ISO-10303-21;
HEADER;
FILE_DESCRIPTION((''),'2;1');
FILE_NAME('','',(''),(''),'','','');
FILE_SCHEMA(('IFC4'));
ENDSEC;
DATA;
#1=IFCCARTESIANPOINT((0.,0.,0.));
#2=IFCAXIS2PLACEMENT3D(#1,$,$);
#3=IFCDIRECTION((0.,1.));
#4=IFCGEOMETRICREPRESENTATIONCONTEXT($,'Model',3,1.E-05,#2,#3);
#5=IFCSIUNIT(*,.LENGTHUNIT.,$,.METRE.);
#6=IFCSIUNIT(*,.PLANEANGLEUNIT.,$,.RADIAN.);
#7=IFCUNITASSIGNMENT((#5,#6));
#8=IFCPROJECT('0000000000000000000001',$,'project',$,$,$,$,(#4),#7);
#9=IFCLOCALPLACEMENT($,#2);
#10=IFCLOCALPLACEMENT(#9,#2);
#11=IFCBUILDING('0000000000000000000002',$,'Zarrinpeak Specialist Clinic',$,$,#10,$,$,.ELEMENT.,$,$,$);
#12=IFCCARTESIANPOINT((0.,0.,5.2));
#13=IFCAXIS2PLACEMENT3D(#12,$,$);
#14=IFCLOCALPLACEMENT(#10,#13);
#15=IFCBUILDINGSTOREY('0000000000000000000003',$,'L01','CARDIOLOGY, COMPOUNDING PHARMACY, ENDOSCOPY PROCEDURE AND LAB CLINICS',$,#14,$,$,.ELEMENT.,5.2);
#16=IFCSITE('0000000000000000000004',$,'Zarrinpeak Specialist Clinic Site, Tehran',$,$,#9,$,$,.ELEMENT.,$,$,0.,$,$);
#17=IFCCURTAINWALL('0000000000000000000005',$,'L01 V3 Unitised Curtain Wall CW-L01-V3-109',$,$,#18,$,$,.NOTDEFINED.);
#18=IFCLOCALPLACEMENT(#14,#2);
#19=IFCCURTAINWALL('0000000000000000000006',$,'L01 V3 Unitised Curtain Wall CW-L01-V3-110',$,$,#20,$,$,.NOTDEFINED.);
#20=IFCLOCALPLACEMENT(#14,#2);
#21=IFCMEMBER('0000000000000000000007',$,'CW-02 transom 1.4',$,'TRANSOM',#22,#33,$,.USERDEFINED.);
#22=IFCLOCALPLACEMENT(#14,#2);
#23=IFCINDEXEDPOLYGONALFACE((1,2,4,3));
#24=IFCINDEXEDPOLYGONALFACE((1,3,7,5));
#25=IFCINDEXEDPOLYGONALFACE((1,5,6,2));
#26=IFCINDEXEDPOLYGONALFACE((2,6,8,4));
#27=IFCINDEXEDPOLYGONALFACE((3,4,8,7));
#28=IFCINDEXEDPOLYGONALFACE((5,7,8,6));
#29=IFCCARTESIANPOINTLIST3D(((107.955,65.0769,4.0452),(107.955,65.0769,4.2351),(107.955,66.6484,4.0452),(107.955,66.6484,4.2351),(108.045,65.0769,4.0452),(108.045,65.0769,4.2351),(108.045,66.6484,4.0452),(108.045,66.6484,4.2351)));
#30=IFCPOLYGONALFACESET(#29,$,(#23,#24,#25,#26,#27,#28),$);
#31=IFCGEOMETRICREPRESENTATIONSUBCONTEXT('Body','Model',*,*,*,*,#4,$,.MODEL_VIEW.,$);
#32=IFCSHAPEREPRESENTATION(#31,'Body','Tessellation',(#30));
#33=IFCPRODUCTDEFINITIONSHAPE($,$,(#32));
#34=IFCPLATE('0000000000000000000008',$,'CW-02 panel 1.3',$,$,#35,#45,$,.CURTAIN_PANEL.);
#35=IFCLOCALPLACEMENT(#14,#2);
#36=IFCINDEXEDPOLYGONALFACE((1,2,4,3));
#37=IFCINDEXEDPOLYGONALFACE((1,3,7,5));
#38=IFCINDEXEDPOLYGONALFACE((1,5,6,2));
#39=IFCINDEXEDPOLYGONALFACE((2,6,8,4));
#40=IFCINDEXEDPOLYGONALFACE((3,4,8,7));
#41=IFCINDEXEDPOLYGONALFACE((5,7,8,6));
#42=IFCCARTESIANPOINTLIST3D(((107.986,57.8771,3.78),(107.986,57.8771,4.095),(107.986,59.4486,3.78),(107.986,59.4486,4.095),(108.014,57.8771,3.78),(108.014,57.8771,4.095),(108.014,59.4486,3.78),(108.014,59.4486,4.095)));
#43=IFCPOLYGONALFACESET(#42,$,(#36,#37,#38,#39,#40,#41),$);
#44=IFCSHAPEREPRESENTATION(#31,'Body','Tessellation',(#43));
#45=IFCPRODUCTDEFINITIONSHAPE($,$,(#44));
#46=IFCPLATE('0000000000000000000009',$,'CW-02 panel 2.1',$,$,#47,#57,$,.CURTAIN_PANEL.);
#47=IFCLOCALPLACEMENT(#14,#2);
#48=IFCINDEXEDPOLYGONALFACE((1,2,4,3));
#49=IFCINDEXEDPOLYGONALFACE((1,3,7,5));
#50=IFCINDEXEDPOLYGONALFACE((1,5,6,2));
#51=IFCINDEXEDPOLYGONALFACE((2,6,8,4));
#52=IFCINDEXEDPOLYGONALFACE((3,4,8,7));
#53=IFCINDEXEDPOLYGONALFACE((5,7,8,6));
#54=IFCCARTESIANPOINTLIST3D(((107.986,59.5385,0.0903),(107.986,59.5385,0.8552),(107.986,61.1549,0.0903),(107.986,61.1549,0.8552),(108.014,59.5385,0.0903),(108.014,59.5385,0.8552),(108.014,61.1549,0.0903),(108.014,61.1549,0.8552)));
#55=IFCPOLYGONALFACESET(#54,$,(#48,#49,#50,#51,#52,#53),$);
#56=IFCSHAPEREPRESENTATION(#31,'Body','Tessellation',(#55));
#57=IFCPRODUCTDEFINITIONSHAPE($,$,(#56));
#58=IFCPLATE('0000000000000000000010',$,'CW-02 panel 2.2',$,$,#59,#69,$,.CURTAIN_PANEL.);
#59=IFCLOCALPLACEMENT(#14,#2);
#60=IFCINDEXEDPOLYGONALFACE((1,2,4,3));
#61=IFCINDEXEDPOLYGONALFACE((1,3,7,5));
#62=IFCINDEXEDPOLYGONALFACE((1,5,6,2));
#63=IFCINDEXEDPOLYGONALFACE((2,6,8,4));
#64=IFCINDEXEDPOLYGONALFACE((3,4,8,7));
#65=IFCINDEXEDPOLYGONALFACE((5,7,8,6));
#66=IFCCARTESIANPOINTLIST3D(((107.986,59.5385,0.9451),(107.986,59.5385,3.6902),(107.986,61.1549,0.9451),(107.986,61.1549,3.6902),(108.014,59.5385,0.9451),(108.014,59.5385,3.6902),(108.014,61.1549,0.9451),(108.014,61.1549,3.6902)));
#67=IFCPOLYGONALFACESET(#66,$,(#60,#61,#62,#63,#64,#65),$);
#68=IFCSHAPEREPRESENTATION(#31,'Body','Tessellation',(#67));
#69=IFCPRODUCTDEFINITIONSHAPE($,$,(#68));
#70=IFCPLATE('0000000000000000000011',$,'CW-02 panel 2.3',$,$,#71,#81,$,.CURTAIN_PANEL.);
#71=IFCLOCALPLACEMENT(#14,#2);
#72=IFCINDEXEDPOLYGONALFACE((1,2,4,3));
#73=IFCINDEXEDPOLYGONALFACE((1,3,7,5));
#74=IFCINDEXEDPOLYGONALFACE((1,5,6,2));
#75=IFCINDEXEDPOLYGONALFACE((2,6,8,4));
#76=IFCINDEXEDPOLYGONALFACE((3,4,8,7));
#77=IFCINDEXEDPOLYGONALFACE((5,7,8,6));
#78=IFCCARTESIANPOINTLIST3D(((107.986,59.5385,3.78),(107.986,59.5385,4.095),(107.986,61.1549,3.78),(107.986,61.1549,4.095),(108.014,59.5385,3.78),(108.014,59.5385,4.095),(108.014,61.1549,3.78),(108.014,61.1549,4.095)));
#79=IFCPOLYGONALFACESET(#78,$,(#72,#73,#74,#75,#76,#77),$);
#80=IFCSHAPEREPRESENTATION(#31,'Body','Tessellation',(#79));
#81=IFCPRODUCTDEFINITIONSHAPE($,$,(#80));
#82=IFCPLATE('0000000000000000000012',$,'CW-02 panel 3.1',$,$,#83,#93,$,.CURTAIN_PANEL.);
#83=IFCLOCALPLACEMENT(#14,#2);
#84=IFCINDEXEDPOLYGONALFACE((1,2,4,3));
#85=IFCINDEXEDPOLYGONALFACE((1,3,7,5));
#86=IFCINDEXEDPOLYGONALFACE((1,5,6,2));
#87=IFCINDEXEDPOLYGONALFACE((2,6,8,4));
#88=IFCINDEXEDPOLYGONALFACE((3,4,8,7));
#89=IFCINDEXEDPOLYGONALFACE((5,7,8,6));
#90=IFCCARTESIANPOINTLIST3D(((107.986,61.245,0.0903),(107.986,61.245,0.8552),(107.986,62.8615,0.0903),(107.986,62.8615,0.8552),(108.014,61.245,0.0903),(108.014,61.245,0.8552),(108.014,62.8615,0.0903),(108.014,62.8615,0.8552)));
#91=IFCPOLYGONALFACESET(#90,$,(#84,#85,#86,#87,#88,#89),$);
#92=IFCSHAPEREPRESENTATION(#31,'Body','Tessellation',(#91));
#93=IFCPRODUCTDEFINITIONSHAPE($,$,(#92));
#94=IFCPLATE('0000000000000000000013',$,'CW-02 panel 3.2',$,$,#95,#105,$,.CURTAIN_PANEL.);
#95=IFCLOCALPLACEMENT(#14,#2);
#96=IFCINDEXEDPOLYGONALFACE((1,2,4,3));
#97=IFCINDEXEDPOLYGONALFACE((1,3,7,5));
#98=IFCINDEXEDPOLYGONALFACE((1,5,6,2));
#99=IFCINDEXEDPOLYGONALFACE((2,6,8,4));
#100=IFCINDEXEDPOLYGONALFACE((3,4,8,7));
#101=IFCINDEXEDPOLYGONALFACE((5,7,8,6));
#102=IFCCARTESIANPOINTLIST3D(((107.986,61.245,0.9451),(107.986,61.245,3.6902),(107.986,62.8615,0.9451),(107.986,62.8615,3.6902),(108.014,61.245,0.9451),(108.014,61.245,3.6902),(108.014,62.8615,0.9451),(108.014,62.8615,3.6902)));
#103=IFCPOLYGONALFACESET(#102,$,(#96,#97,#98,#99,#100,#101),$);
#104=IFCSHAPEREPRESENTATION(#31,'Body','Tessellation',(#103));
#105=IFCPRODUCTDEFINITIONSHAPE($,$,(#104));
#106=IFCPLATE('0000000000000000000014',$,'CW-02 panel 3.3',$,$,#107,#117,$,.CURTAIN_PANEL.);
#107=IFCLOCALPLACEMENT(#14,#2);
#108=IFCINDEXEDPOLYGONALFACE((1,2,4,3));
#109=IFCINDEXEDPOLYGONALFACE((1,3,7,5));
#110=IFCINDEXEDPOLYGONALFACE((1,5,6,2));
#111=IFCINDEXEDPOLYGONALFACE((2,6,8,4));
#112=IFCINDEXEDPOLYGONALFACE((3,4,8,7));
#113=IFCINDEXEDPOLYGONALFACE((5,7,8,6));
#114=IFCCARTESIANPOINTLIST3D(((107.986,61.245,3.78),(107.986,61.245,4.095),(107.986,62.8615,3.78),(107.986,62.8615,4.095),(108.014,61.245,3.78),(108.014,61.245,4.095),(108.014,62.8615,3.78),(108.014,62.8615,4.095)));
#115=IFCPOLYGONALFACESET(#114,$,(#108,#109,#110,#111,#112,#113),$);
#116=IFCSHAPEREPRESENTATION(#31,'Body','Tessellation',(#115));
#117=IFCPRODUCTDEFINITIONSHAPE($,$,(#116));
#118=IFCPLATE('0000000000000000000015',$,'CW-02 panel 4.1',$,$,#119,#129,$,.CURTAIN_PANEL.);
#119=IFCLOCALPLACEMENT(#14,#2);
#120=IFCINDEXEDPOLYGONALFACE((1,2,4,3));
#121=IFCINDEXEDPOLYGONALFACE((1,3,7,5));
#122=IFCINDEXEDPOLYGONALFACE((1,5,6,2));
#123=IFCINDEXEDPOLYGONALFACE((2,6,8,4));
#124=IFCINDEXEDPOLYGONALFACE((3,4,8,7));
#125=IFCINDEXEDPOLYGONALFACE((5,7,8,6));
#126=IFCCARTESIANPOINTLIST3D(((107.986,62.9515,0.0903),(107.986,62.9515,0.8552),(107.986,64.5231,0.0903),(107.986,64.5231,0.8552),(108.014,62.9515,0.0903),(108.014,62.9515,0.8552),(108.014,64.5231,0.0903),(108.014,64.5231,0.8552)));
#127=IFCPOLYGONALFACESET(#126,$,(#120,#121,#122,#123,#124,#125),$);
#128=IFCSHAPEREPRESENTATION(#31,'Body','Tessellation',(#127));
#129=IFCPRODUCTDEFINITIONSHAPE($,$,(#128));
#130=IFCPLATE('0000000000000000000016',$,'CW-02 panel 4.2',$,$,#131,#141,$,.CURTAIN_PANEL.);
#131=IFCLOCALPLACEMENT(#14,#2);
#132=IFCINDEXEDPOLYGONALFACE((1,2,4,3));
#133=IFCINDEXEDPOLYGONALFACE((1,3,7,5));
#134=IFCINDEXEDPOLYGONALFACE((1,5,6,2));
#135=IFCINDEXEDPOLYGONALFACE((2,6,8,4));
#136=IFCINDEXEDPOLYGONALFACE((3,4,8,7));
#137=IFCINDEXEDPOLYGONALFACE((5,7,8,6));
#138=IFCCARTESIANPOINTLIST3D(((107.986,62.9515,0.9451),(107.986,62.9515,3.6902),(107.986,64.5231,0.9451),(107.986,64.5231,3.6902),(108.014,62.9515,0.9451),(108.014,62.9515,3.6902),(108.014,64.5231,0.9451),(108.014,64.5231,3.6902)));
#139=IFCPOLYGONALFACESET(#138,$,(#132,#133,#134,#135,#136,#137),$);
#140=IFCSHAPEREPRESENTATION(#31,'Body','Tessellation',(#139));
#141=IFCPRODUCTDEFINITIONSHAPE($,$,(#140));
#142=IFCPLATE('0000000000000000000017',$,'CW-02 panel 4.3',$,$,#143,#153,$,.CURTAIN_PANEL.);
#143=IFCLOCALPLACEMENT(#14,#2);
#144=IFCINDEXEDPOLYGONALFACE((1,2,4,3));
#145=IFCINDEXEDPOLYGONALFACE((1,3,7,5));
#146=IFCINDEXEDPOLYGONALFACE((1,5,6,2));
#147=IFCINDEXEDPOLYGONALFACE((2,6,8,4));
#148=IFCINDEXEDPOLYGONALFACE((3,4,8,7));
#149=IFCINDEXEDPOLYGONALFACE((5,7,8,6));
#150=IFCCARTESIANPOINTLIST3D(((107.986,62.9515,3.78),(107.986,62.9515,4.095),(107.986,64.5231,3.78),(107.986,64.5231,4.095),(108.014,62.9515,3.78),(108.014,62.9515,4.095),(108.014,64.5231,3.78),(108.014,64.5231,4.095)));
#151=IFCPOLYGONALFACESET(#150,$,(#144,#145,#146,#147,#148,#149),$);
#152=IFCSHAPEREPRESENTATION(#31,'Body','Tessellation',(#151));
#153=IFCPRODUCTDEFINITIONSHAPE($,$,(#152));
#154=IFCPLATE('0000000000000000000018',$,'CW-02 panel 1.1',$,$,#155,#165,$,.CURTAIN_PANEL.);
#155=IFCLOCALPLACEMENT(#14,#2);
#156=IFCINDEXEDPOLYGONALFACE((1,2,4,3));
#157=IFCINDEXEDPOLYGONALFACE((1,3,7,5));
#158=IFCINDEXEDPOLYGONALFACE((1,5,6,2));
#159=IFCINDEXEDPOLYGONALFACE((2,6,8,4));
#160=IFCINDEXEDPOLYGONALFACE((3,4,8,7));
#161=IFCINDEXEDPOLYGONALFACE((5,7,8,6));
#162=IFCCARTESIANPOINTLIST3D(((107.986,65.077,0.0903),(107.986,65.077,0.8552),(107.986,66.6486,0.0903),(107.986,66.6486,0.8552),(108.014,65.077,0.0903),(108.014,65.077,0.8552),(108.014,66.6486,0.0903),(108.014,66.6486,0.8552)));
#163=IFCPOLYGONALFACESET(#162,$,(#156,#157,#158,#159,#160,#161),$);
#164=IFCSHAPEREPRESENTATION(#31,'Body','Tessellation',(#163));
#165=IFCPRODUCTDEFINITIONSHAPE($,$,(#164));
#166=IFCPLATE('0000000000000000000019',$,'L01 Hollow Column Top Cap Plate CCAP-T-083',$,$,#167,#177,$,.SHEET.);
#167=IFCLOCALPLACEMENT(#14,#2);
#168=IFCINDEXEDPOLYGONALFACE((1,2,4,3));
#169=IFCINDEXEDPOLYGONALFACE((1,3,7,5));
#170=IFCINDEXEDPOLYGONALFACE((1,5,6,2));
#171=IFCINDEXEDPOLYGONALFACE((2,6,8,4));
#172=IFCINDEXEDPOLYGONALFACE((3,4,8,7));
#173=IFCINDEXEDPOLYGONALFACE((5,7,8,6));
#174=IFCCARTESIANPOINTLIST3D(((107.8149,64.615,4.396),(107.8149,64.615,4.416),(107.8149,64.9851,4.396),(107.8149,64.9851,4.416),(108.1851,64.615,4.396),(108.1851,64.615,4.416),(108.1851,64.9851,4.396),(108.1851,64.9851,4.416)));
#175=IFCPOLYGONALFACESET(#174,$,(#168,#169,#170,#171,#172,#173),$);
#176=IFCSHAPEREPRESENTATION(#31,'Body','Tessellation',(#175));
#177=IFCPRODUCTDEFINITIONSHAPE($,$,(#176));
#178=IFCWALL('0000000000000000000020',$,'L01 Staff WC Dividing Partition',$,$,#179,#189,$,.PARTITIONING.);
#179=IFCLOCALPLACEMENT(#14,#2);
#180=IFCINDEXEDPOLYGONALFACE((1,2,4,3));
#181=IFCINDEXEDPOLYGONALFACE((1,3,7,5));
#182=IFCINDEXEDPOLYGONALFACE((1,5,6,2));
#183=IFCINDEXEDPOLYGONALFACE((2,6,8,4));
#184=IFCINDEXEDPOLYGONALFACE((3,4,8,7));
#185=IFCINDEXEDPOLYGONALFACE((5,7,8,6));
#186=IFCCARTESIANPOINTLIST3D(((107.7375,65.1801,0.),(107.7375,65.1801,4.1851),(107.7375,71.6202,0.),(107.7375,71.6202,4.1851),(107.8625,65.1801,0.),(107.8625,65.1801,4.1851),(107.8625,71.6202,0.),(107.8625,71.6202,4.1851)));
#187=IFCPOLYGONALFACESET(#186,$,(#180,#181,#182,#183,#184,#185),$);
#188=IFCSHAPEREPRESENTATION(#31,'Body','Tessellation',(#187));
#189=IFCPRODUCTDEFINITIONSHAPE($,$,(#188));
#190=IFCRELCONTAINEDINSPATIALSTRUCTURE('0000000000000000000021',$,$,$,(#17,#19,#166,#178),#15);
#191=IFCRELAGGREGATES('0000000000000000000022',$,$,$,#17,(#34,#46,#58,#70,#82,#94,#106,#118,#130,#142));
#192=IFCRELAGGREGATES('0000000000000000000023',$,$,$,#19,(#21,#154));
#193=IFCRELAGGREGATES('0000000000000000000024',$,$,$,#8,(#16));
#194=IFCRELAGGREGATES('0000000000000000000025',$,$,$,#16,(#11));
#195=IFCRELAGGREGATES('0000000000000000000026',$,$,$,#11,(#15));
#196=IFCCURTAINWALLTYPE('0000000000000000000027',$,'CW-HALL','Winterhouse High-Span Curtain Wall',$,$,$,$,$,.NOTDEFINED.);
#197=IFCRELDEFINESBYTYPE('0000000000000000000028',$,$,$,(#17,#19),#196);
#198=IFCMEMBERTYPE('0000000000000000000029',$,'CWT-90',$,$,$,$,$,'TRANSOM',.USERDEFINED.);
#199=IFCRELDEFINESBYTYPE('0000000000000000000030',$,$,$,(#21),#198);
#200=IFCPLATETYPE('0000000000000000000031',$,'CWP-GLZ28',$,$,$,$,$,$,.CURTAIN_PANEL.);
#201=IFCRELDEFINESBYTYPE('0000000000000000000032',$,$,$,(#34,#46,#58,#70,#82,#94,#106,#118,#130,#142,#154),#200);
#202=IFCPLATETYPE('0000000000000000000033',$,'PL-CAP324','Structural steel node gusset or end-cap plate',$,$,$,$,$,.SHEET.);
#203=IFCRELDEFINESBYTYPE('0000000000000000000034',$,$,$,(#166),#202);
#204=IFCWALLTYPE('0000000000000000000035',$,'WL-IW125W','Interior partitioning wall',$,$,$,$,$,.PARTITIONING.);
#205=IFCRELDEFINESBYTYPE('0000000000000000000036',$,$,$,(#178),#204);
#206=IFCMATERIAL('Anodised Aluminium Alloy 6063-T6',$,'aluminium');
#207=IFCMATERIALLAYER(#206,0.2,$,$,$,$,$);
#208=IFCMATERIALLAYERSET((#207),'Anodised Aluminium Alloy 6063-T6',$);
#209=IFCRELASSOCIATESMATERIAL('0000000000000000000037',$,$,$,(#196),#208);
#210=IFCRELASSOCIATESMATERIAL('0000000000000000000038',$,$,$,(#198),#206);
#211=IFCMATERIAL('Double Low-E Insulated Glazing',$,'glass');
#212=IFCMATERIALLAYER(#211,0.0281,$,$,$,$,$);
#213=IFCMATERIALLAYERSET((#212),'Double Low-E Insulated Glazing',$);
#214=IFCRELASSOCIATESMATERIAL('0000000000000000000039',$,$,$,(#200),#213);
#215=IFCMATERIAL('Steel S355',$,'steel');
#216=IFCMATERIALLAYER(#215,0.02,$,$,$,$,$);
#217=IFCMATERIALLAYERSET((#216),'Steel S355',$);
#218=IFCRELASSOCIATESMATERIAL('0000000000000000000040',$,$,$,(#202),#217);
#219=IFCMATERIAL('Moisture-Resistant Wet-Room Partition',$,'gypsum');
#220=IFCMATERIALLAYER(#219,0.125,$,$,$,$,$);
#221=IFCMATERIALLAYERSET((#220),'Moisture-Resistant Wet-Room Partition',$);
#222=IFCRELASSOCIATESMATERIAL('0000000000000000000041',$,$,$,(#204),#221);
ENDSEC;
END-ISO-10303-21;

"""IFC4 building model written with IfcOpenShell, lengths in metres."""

from ifc_helpers import new_model, si_unit, direction, frame, frame_2d, origin, origin_2d, place, context, subcontext, project, spatial, rectangle, extrude, material, layer, layer_set, material_profile, profile_set, type_object, element, aggregate, save


model = new_model("IFC4")

# Units and contexts
model_context = context("Model", 3, precision=1e-05, world=origin(), true_north=direction((0.0, 1.0)))
body_context = subcontext(model_context, "Body", "Model", "MODEL_VIEW")
ifc_project = project(units=[si_unit("LENGTHUNIT", "METRE"), si_unit("PLANEANGLEUNIT", "RADIAN")], contexts=[model_context])

# Site, building, storey
site_placement = place(None, origin())
site = spatial("IfcSite", under=ifc_project, at=site_placement, Name="Zarrinpeak Specialist Clinic Site, Tehran", CompositionType="ELEMENT", RefElevation=0.0)
building_placement = place(site_placement, origin())
building = spatial("IfcBuilding", under=site, at=building_placement, Name="Zarrinpeak Specialist Clinic", CompositionType="ELEMENT")
storey_placement = place(building_placement, frame((0.0, 0.0, 5.2)))
storey = spatial("IfcBuildingStorey", under=building, at=storey_placement, Name="L01", Description="CARDIOLOGY, COMPOUNDING PHARMACY, ENDOSCOPY PROCEDURE AND LAB CLINICS", CompositionType="ELEMENT", Elevation=5.2)

# Shared definitions
ifc_material_1 = material(Name="Steel S355", Category="steel")

# Shared definitions
ifc_material_2 = material(Name="Anodised Aluminium Alloy 6063-T6", Category="aluminium")
ifc_layer_1 = layer(ifc_material_2, 0.2)
ifc_layer_set_1 = layer_set([ifc_layer_1], Name="Anodised Aluminium Alloy 6063-T6")
curtain_wall_type = type_object("IfcCurtainWallType", Name="CW-HALL", Description="Winterhouse High-Span Curtain Wall", PredefinedType="NOTDEFINED", material=ifc_layer_set_1)

# Curtain wall
curtain_wall_1_placement = place(storey_placement, origin())
curtain_wall_1 = element("IfcCurtainWall", 1, at=curtain_wall_1_placement, inside=storey, type_object=curtain_wall_type, Name="L01 V3 Unitised Curtain Wall CW-L01-V3-109", PredefinedType="NOTDEFINED")

# Curtain wall
curtain_wall_2_placement = place(storey_placement, origin())
curtain_wall_2 = element("IfcCurtainWall", 2, at=curtain_wall_2_placement, inside=storey, type_object=curtain_wall_type, Name="L01 V3 Unitised Curtain Wall CW-L01-V3-110", PredefinedType="NOTDEFINED")

# Member
ifc_material_profile_1 = material_profile(ifc_material_2, rectangle(XDim=0.0901, YDim=0.1899, at=origin_2d()), Name="ALU 90x190")
ifc_profile_set_1 = profile_set([ifc_material_profile_1], Name="Anodised Aluminium Alloy 6063-T6")
member_type_1 = type_object("IfcMemberType", Name="CWT-90", ElementType="TRANSOM", PredefinedType="USERDEFINED", material=ifc_profile_set_1)
member_1_placement = place(storey_placement, frame((108.0, 65.0769, 4.1401), z_axis=(0.0, 1.0, 0.0), x_axis=(-1.0, 0.0, 0.0)))
member_1 = element("IfcMember", 3, at=member_1_placement, type_object=member_type_1, Name="CW-02 transom 1.4", ObjectType="TRANSOM", PredefinedType="USERDEFINED", context=body_context, shape_type="SweptSolid", body=[
    extrude(rectangle(XDim=0.0901, YDim=0.1899, at=origin_2d()), origin(), (0.0, 0.0, 1.0), 1.5715),
])

# Plates
ifc_material_3 = material(Name="Double Low-E Insulated Glazing", Category="glass")
ifc_layer_2 = layer(ifc_material_3, 0.0281)
ifc_layer_set_2 = layer_set([ifc_layer_2], Name="Double Low-E Insulated Glazing")
plate_type_1 = type_object("IfcPlateType", Name="CWP-GLZ28", PredefinedType="CURTAIN_PANEL", material=ifc_layer_set_2)
plate_1_placement = place(storey_placement, frame((108.0, 58.6628, 3.78), z_axis=(0.0, 0.0, 1.0), x_axis=(0.0, 1.0, 0.0)))
plate_1 = element("IfcPlate", 4, at=plate_1_placement, type_object=plate_type_1, Name="CW-02 panel 1.3", PredefinedType="CURTAIN_PANEL", context=body_context, shape_type="SweptSolid", body=[
    extrude(rectangle(XDim=1.5715, YDim=0.0281, at=origin_2d()), origin(), (0.0, 0.0, 1.0), 0.3149),
])
plate_2_placement = place(storey_placement, frame((108.0, 60.3467, 0.0903), z_axis=(0.0, 0.0, 1.0), x_axis=(0.0, 1.0, 0.0)))
plate_2 = element("IfcPlate", 5, at=plate_2_placement, type_object=plate_type_1, Name="CW-02 panel 2.1", PredefinedType="CURTAIN_PANEL", context=body_context, shape_type="SweptSolid", body=[
    extrude(rectangle(XDim=1.6165, YDim=0.0281, at=origin_2d()), origin(), (0.0, 0.0, 1.0), 0.7649),
])
plate_3_placement = place(storey_placement, frame((108.0, 60.3467, 0.9451), z_axis=(0.0, 0.0, 1.0), x_axis=(0.0, 1.0, 0.0)))
plate_3 = element("IfcPlate", 6, at=plate_3_placement, type_object=plate_type_1, Name="CW-02 panel 2.2", PredefinedType="CURTAIN_PANEL", context=body_context, shape_type="SweptSolid", body=[
    extrude(rectangle(XDim=1.6165, YDim=0.0281, at=origin_2d()), origin(), (0.0, 0.0, 1.0), 2.7451),
])
plate_4_placement = place(storey_placement, frame((108.0, 60.3467, 3.78), z_axis=(0.0, 0.0, 1.0), x_axis=(0.0, 1.0, 0.0)))
plate_4 = element("IfcPlate", 7, at=plate_4_placement, type_object=plate_type_1, Name="CW-02 panel 2.3", PredefinedType="CURTAIN_PANEL", context=body_context, shape_type="SweptSolid", body=[
    extrude(rectangle(XDim=1.6165, YDim=0.0281, at=origin_2d()), origin(), (0.0, 0.0, 1.0), 0.3149),
])
plate_5_placement = place(storey_placement, frame((108.0, 62.0532, 0.0903), z_axis=(0.0, 0.0, 1.0), x_axis=(0.0, 1.0, 0.0)))
plate_5 = element("IfcPlate", 8, at=plate_5_placement, type_object=plate_type_1, Name="CW-02 panel 3.1", PredefinedType="CURTAIN_PANEL", context=body_context, shape_type="SweptSolid", body=[
    extrude(rectangle(XDim=1.6165, YDim=0.0281, at=origin_2d()), origin(), (0.0, 0.0, 1.0), 0.7649),
])
plate_6_placement = place(storey_placement, frame((108.0, 62.0532, 0.9451), z_axis=(0.0, 0.0, 1.0), x_axis=(0.0, 1.0, 0.0)))
plate_6 = element("IfcPlate", 9, at=plate_6_placement, type_object=plate_type_1, Name="CW-02 panel 3.2", PredefinedType="CURTAIN_PANEL", context=body_context, shape_type="SweptSolid", body=[
    extrude(rectangle(XDim=1.6165, YDim=0.0281, at=origin_2d()), origin(), (0.0, 0.0, 1.0), 2.7451),
])
plate_7_placement = place(storey_placement, frame((108.0, 62.0532, 3.78), z_axis=(0.0, 0.0, 1.0), x_axis=(0.0, 1.0, 0.0)))
plate_7 = element("IfcPlate", 10, at=plate_7_placement, type_object=plate_type_1, Name="CW-02 panel 3.3", PredefinedType="CURTAIN_PANEL", context=body_context, shape_type="SweptSolid", body=[
    extrude(rectangle(XDim=1.6165, YDim=0.0281, at=origin_2d()), origin(), (0.0, 0.0, 1.0), 0.3149),
])
plate_8_placement = place(storey_placement, frame((108.0, 63.7373, 0.0903), z_axis=(0.0, 0.0, 1.0), x_axis=(0.0, 1.0, 0.0)))
plate_8 = element("IfcPlate", 11, at=plate_8_placement, type_object=plate_type_1, Name="CW-02 panel 4.1", PredefinedType="CURTAIN_PANEL", context=body_context, shape_type="SweptSolid", body=[
    extrude(rectangle(XDim=1.5715, YDim=0.0281, at=origin_2d()), origin(), (0.0, 0.0, 1.0), 0.7649),
])
plate_9_placement = place(storey_placement, frame((108.0, 63.7373, 0.9451), z_axis=(0.0, 0.0, 1.0), x_axis=(0.0, 1.0, 0.0)))
plate_9 = element("IfcPlate", 12, at=plate_9_placement, type_object=plate_type_1, Name="CW-02 panel 4.2", PredefinedType="CURTAIN_PANEL", context=body_context, shape_type="SweptSolid", body=[
    extrude(rectangle(XDim=1.5715, YDim=0.0281, at=origin_2d()), origin(), (0.0, 0.0, 1.0), 2.7451),
])
plate_10_placement = place(storey_placement, frame((108.0, 63.7373, 3.78), z_axis=(0.0, 0.0, 1.0), x_axis=(0.0, 1.0, 0.0)))
plate_10 = element("IfcPlate", 13, at=plate_10_placement, type_object=plate_type_1, Name="CW-02 panel 4.3", PredefinedType="CURTAIN_PANEL", context=body_context, shape_type="SweptSolid", body=[
    extrude(rectangle(XDim=1.5715, YDim=0.0281, at=origin_2d()), origin(), (0.0, 0.0, 1.0), 0.3149),
])
aggregate(curtain_wall_1, [plate_1, plate_2, plate_3, plate_4, plate_5, plate_6, plate_7, plate_8, plate_9, plate_10])
plate_11_placement = place(storey_placement, frame((108.0, 65.8628, 0.0903), z_axis=(0.0, 0.0, 1.0), x_axis=(0.0, 1.0, 0.0)))
plate_11 = element("IfcPlate", 14, at=plate_11_placement, type_object=plate_type_1, Name="CW-02 panel 1.1", PredefinedType="CURTAIN_PANEL", context=body_context, shape_type="SweptSolid", body=[
    extrude(rectangle(XDim=1.5715, YDim=0.0281, at=origin_2d()), origin(), (0.0, 0.0, 1.0), 0.7649),
])
aggregate(curtain_wall_2, [member_1, plate_11])
ifc_layer_3 = layer(ifc_material_1, 0.02)
ifc_layer_set_3 = layer_set([ifc_layer_3], Name="Steel S355")
plate_type_2 = type_object("IfcPlateType", Name="PL-CAP324", Description="Structural steel node gusset or end-cap plate", PredefinedType="SHEET", material=ifc_layer_set_3)
plate_12_placement = place(storey_placement, frame((108.0, 64.8, 4.396), z_axis=(0.0, 0.0, 1.0), x_axis=(1.0, 0.0, 0.0)))
element("IfcPlate", 15, at=plate_12_placement, inside=storey, type_object=plate_type_2, Name="L01 Hollow Column Top Cap Plate CCAP-T-083", PredefinedType="SHEET", context=body_context, shape_type="SweptSolid", body=[
    extrude(rectangle(XDim=0.3701, YDim=0.3701, at=origin_2d()), origin(), (0.0, 0.0, 1.0), 0.02),
])

# Wall
ifc_material_4 = material(Name="Moisture-Resistant Wet-Room Partition", Category="gypsum")
ifc_layer_4 = layer(ifc_material_4, 0.125)
ifc_layer_set_4 = layer_set([ifc_layer_4], Name="Moisture-Resistant Wet-Room Partition")
wall_type = type_object("IfcWallType", Name="WL-IW125W", Description="Interior partitioning wall", PredefinedType="PARTITIONING", material=ifc_layer_set_4)
wall_placement = place(storey_placement, frame((107.8, 65.1799, 0.0), z_axis=(0.0, 0.0, 1.0), x_axis=(0.0, 1.0, 0.0)))
element("IfcWall", 16, at=wall_placement, inside=storey, type_object=wall_type, Name="L01 Staff WC Dividing Partition", PredefinedType="PARTITIONING", context=body_context, shape_type="SweptSolid", body=[
    extrude(rectangle(XDim=6.4402, YDim=0.125, at=frame_2d((3.2202, 0.0))), origin(), (0.0, 0.0, 1.0), 4.1851),
])

save(model, "model.ifc")
